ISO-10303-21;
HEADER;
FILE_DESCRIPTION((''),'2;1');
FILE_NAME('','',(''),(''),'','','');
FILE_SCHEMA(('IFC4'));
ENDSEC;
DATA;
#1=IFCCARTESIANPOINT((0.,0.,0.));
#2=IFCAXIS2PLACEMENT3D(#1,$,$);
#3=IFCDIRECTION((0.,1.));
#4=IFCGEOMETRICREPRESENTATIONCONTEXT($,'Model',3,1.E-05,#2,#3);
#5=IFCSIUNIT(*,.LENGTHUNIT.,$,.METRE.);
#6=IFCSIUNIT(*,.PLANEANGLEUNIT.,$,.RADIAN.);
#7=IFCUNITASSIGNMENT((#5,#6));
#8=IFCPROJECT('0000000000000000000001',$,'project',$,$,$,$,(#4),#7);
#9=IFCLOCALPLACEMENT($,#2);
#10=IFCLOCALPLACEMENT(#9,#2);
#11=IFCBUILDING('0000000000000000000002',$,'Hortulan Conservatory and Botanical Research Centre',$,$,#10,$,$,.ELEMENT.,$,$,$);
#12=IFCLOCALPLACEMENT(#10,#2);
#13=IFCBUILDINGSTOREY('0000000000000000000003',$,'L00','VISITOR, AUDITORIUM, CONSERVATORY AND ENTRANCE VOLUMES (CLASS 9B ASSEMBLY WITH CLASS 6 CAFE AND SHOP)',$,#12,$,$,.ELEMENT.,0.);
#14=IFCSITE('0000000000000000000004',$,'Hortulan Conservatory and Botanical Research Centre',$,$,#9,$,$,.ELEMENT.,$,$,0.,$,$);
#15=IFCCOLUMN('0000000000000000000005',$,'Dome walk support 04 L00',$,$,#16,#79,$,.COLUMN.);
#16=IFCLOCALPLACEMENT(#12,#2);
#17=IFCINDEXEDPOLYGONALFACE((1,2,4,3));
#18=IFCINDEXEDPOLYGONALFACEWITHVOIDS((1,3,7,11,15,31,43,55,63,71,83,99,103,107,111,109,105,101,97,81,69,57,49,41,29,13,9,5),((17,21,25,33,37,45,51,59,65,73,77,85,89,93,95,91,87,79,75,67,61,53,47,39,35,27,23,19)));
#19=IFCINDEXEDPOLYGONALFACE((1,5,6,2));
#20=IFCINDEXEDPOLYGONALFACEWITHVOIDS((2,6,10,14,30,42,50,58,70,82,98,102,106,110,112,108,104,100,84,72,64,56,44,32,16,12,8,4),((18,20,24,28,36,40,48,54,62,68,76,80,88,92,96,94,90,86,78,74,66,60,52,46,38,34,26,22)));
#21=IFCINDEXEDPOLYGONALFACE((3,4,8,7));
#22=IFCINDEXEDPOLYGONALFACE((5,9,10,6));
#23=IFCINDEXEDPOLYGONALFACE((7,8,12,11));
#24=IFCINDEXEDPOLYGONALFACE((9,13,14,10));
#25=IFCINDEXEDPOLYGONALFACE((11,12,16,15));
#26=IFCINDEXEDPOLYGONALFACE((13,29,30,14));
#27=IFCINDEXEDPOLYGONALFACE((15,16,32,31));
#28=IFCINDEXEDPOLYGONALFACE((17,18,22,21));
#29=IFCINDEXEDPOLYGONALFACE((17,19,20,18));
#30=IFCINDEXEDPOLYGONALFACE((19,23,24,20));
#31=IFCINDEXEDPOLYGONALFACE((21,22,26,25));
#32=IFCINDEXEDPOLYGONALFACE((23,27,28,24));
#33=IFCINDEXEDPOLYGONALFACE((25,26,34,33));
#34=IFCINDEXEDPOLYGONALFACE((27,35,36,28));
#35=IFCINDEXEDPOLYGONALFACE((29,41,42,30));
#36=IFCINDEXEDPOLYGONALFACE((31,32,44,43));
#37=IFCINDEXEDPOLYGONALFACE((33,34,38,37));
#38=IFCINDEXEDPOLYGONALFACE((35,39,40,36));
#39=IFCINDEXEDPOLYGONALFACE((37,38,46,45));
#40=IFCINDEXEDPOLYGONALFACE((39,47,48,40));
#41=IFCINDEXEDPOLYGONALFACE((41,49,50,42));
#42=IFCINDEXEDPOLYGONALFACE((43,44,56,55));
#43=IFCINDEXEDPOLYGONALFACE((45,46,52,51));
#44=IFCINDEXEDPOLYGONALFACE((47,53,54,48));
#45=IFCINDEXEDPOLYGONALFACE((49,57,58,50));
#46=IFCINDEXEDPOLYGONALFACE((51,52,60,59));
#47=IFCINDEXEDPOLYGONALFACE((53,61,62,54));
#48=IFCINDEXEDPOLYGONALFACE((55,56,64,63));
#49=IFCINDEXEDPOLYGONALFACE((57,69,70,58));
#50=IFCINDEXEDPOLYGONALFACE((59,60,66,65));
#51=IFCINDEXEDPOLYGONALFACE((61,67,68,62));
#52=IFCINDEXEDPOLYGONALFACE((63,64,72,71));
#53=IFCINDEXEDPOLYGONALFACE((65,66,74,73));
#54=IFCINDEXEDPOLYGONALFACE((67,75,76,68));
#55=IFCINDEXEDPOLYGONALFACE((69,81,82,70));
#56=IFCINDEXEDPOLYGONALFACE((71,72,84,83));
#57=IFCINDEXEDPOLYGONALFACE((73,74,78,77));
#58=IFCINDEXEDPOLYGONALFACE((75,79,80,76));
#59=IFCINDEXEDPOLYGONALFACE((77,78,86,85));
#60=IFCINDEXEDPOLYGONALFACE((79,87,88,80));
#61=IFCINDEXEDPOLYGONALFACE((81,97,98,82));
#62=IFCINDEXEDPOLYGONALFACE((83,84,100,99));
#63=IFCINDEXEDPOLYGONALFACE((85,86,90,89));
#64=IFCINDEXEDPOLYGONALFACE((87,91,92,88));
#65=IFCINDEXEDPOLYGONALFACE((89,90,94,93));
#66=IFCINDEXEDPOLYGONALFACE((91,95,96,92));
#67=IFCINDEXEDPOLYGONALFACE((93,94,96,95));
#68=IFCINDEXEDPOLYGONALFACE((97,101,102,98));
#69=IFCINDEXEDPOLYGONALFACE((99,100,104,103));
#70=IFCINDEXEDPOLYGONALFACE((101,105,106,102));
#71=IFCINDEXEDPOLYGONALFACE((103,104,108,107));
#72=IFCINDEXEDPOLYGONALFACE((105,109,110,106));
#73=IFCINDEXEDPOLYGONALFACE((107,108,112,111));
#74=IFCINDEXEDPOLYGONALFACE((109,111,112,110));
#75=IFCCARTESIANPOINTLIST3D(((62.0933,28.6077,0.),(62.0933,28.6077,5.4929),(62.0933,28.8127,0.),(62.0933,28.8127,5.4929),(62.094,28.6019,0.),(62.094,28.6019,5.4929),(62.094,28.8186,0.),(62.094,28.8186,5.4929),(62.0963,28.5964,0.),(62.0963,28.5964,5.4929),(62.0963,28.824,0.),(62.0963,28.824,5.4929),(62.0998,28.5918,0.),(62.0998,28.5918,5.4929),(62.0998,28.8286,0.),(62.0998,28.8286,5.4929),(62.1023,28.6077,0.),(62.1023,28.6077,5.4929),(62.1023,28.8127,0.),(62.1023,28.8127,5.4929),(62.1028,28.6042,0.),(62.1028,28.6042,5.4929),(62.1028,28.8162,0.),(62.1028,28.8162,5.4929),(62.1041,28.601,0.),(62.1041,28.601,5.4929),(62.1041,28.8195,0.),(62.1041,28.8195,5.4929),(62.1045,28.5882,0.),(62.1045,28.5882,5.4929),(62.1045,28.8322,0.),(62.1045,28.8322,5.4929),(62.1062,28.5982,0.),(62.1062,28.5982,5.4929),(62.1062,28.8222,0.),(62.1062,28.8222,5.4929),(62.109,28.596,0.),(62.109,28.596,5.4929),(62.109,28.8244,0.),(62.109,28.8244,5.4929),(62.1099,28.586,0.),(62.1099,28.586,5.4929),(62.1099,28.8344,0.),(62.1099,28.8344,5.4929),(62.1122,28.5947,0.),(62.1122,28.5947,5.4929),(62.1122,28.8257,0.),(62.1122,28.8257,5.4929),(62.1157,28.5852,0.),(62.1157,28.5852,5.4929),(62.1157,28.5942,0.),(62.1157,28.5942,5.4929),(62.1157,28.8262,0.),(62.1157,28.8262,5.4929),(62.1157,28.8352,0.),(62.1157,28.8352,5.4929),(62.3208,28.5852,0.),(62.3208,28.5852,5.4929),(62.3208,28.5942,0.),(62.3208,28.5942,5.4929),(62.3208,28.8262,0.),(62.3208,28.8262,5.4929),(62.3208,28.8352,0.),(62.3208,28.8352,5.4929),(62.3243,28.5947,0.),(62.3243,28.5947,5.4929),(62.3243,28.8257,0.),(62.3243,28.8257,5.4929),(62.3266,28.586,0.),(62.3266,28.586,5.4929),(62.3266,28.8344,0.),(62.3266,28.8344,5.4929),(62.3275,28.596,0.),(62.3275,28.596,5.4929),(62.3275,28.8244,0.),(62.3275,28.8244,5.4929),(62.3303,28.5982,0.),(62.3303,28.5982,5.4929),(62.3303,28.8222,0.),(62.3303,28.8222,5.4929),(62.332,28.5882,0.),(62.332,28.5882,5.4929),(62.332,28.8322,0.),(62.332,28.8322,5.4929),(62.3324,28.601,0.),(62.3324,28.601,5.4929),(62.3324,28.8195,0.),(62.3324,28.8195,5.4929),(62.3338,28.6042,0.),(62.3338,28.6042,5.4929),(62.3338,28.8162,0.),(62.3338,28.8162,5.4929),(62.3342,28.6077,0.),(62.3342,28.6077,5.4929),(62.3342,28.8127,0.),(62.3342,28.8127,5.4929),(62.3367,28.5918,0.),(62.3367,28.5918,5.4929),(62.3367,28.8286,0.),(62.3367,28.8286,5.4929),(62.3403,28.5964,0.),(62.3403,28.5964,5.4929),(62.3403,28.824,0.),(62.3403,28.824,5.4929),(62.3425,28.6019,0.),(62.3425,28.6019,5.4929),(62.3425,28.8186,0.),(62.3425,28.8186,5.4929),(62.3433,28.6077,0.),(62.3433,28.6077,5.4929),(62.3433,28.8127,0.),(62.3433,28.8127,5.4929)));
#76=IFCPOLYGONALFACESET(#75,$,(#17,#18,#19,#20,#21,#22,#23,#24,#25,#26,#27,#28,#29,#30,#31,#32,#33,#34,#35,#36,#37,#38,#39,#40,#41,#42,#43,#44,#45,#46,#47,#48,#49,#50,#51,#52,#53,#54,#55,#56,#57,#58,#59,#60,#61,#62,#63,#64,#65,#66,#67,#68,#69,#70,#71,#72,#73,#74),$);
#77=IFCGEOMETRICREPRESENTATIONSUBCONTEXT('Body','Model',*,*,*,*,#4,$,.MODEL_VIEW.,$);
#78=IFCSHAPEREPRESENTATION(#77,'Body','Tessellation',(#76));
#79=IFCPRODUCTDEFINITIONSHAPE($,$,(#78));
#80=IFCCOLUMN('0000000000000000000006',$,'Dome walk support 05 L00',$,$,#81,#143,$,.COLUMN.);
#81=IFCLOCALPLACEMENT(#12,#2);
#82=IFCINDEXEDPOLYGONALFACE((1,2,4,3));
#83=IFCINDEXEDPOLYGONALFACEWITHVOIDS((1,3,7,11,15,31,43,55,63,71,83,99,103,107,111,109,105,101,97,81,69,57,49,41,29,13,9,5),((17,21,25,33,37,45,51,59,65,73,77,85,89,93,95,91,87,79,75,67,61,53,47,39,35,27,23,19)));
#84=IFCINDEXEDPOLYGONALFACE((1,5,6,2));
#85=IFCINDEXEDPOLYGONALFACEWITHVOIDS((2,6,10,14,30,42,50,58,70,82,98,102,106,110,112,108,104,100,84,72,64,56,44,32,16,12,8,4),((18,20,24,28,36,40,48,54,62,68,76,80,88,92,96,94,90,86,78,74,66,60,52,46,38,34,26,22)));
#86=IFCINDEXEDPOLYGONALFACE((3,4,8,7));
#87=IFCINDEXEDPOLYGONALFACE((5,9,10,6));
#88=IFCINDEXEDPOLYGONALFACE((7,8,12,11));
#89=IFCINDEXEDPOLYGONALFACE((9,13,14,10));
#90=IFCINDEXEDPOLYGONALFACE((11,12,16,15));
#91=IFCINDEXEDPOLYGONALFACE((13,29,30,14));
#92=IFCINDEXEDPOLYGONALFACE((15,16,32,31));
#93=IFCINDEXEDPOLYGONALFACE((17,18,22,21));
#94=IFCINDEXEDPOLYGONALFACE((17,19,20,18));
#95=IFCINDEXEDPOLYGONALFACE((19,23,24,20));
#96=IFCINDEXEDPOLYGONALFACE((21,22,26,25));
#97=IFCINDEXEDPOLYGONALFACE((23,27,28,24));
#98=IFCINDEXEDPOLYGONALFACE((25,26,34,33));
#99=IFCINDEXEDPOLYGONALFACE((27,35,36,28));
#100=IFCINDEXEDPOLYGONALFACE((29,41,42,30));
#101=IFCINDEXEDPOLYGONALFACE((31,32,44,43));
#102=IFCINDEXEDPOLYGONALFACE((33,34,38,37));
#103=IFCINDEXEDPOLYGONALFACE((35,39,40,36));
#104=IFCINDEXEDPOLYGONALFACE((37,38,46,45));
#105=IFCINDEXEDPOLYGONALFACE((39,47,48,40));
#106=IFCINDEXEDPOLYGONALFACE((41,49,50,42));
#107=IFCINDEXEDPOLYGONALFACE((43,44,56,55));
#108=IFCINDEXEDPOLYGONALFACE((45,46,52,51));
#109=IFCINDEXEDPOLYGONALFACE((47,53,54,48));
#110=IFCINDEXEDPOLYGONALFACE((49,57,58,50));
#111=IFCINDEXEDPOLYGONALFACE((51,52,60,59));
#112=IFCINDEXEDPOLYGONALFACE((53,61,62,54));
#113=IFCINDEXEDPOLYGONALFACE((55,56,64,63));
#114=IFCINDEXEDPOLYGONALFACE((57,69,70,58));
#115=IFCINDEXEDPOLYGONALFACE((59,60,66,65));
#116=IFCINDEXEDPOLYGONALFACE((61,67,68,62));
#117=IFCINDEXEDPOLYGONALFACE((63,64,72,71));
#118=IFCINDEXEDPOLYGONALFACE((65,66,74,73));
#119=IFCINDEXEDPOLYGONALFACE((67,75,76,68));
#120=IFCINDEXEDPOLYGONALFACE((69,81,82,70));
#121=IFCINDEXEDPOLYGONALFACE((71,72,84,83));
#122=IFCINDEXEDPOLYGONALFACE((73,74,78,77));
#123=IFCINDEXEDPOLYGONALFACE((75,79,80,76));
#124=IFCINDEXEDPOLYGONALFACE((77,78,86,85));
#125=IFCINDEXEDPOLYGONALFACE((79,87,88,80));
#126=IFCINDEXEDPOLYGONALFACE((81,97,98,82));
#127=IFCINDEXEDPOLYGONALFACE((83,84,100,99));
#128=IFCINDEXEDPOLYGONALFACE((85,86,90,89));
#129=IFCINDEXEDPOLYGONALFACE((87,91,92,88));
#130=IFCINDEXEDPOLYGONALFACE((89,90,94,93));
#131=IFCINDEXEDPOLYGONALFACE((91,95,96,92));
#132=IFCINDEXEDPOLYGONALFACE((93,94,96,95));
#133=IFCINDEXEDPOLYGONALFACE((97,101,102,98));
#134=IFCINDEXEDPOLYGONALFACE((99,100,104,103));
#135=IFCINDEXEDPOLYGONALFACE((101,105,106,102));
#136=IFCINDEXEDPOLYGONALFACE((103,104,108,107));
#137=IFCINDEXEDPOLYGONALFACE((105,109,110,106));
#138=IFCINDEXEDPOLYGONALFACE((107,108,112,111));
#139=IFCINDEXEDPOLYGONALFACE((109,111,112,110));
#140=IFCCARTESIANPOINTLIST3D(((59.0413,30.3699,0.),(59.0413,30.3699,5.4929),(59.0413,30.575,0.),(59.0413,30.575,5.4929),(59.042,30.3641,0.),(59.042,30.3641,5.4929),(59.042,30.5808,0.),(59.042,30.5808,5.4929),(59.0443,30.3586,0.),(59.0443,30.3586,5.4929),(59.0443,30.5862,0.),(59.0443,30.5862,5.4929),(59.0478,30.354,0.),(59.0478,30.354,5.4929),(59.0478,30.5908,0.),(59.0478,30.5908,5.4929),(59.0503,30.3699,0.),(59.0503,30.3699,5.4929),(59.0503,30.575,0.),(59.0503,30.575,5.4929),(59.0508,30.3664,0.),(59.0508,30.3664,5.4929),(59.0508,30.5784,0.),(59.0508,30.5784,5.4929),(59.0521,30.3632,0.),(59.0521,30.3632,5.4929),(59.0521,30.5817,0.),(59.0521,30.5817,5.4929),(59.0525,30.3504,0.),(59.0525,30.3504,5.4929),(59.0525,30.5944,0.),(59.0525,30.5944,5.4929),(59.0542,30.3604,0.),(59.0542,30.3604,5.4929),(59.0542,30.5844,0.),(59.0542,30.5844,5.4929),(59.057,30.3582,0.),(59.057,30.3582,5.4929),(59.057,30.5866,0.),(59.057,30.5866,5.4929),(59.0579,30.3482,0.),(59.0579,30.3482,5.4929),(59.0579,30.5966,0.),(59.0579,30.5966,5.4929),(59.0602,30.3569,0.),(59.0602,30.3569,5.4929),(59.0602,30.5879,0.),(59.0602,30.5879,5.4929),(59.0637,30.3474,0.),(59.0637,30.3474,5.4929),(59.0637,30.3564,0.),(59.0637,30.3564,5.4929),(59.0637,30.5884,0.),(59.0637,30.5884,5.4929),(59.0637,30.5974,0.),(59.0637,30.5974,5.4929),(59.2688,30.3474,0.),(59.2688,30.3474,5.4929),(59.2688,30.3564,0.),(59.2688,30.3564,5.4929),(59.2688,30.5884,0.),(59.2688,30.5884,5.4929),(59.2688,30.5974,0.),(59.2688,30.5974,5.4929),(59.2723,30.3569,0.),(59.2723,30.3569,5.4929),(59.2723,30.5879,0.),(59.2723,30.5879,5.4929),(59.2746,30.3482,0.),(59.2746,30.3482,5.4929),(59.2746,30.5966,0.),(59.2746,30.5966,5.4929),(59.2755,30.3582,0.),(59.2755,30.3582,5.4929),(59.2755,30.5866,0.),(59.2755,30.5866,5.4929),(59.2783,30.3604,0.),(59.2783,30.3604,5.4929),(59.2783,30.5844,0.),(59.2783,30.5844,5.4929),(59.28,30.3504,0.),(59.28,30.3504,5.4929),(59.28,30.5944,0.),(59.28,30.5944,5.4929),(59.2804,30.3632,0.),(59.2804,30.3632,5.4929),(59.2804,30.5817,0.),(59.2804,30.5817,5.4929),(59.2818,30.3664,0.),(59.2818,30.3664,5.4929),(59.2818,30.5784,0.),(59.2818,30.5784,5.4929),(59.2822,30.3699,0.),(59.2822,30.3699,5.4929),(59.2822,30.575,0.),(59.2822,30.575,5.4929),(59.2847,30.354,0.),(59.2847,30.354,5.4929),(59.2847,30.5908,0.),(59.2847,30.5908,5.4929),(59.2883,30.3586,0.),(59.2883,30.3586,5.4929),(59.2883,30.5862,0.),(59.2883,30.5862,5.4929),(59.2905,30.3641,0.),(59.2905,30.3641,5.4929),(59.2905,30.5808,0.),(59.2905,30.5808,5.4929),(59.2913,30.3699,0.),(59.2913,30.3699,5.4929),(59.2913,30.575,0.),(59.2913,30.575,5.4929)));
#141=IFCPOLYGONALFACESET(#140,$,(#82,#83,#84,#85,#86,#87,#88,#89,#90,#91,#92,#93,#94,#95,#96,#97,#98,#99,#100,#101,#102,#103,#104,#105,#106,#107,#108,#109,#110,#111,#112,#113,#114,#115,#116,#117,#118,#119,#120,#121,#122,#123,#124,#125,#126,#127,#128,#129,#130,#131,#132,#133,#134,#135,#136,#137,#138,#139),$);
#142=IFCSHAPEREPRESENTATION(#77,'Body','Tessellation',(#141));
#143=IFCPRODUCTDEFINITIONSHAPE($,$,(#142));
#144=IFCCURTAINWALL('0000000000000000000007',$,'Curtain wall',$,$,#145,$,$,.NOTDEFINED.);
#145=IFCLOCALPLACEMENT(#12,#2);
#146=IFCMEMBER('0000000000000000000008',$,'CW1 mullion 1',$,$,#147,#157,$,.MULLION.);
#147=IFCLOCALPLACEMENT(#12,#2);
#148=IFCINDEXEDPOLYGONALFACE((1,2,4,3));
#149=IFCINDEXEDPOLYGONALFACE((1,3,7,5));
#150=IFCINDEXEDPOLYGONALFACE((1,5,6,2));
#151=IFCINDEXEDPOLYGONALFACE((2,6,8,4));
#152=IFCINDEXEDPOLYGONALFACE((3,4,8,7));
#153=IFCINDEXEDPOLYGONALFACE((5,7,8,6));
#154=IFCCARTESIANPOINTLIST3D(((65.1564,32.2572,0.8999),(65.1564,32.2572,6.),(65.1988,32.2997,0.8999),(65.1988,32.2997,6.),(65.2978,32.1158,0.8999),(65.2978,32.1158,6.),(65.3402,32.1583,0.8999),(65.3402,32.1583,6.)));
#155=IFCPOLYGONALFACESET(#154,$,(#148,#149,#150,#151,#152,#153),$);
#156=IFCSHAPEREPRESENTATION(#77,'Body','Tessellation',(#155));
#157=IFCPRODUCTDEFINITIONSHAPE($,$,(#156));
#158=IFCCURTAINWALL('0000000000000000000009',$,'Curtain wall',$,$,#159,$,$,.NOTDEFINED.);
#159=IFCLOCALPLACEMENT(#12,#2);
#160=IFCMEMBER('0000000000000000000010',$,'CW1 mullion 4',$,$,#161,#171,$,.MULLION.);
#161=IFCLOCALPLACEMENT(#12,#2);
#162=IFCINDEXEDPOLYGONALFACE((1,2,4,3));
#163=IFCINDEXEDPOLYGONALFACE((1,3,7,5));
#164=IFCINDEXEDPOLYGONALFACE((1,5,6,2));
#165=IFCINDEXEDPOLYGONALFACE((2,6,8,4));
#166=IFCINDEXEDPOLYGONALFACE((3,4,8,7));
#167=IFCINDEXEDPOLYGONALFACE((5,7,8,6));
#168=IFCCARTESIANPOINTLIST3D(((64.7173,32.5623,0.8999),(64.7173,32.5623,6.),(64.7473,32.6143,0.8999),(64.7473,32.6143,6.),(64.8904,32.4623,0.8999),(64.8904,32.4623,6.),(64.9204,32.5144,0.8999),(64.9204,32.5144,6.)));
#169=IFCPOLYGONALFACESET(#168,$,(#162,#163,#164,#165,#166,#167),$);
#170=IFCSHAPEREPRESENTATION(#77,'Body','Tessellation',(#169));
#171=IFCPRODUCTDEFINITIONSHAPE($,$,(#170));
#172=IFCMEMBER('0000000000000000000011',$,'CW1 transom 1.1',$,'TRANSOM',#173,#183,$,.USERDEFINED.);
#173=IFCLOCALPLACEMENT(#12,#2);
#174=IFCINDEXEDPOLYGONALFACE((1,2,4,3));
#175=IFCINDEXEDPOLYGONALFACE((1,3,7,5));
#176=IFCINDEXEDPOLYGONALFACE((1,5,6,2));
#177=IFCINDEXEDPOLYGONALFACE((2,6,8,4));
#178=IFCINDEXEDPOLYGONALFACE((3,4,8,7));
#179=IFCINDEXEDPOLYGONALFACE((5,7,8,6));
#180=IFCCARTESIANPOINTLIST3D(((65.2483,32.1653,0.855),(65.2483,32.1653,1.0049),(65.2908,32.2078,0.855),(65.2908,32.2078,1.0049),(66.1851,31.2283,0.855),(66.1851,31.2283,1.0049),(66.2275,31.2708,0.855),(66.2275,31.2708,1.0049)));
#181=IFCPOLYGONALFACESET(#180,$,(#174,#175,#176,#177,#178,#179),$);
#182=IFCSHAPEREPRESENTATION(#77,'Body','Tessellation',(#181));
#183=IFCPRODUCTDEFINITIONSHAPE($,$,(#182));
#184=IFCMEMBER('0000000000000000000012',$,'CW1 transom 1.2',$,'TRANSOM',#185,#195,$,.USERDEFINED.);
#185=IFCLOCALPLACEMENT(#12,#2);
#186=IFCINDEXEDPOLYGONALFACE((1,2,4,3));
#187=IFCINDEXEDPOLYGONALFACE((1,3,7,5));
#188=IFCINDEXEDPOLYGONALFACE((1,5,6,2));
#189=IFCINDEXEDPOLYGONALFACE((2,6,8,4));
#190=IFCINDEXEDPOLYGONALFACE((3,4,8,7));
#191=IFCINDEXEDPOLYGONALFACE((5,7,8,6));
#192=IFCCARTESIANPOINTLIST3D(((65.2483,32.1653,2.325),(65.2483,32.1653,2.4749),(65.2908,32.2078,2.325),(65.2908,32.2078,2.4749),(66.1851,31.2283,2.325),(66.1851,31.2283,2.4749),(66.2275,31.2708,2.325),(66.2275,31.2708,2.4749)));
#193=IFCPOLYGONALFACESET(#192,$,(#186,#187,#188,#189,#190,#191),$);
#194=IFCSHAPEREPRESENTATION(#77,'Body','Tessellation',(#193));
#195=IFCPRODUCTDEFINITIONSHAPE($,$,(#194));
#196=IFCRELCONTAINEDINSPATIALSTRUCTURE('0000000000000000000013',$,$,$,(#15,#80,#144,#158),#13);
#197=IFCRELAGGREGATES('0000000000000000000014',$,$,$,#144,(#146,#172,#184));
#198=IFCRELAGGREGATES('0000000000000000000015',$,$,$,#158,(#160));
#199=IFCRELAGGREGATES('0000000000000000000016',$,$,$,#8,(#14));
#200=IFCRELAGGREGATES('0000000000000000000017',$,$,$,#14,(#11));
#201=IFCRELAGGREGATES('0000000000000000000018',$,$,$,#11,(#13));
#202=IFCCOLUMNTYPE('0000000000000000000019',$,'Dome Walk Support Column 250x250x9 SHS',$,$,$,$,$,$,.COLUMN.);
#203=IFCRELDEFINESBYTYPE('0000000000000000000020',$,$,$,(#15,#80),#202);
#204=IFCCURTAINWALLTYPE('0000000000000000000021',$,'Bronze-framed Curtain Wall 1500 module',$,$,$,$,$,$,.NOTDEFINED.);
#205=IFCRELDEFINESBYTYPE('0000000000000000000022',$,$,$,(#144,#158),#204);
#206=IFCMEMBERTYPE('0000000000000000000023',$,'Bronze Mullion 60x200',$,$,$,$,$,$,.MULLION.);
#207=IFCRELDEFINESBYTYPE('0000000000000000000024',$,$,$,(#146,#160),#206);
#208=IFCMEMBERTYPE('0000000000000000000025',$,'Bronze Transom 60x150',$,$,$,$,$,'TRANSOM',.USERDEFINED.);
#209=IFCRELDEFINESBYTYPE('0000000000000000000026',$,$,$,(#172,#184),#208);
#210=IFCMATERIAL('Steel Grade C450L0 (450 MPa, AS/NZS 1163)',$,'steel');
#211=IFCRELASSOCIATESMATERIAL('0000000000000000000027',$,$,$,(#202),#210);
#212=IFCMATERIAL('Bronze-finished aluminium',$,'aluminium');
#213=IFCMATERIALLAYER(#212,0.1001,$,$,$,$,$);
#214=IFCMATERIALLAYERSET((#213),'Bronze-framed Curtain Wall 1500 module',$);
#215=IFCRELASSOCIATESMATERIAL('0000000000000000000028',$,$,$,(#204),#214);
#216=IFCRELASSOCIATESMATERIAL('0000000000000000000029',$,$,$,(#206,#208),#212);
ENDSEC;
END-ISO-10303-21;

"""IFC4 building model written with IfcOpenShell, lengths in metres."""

from ifc_helpers import new_model, si_unit, direction, frame, origin, origin_2d, place, context, subcontext, project, spatial, rectangle, hollow_rectangle, extrude, material, layer, layer_set, material_profile, profile_set, type_object, element, aggregate, save


model = new_model("IFC4")

# Units and contexts
model_context = context("Model", 3, precision=1e-05, world=origin(), true_north=direction((0.0, 1.0)))
body_context = subcontext(model_context, "Body", "Model", "MODEL_VIEW")
ifc_project = project(units=[si_unit("LENGTHUNIT", "METRE"), si_unit("PLANEANGLEUNIT", "RADIAN")], contexts=[model_context])

# Site, building, storey
site_placement = place(None, origin())
site = spatial("IfcSite", under=ifc_project, at=site_placement, Name="Hortulan Conservatory and Botanical Research Centre", CompositionType="ELEMENT", RefElevation=0.0)
building_placement = place(site_placement, origin())
building = spatial("IfcBuilding", under=site, at=building_placement, Name="Hortulan Conservatory and Botanical Research Centre", CompositionType="ELEMENT")
storey_placement = place(building_placement, origin())
storey = spatial("IfcBuildingStorey", under=building, at=storey_placement, Name="L00", Description="VISITOR, AUDITORIUM, CONSERVATORY AND ENTRANCE VOLUMES (CLASS 9B ASSEMBLY WITH CLASS 6 CAFE AND SHOP)", CompositionType="ELEMENT", Elevation=0.0)

# Columns
ifc_material_1 = material(Name="Steel Grade C450L0 (450 MPa, AS/NZS 1163)", Category="steel")
ifc_material_profile_1 = material_profile(ifc_material_1, hollow_rectangle(XDim=0.25, YDim=0.25, WallThickness=0.009, InnerFilletRadius=0.0134, OuterFilletRadius=0.0225, at=origin_2d()), Name="250x250x9SHS")
ifc_profile_set_1 = profile_set([ifc_material_profile_1], Name="Steel Grade C450L0 (450 MPa, AS/NZS 1163)")
column_type_1 = type_object("IfcColumnType", Name="Dome Walk Support Column 250x250x9 SHS", PredefinedType="COLUMN", material=ifc_profile_set_1)
for number, where, z_axis, x_axis, name in (
    (1, (62.2183, 28.7102, 0.0), (0.0, 0.0, 1.0), (1.0, 0.0, 0.0), "Dome walk support 04 L00"),
    (2, (59.1663, 30.4724, 0.0), (0.0, 0.0, 1.0), (1.0, 0.0, 0.0), "Dome walk support 05 L00"),
):
    element("IfcColumn", number, at=place(storey_placement, frame(where, z_axis=z_axis, x_axis=x_axis)), inside=storey, type_object=column_type_1, Name=name, PredefinedType="COLUMN", context=body_context, shape_type="SweptSolid", body=[
        extrude(hollow_rectangle(XDim=0.25, YDim=0.25, WallThickness=0.009, InnerFilletRadius=0.0134, OuterFilletRadius=0.0225, at=origin_2d()), origin(), (0.0, 0.0, 1.0), 5.4929),
    ])

# Curtain walls, members
ifc_material_2 = material(Name="Bronze-finished aluminium", Category="aluminium")
ifc_layer_1 = layer(ifc_material_2, 0.1001)
ifc_layer_set_1 = layer_set([ifc_layer_1], Name="Bronze-framed Curtain Wall 1500 module")
curtain_wall_type = type_object("IfcCurtainWallType", Name="Bronze-framed Curtain Wall 1500 module", PredefinedType="NOTDEFINED", material=ifc_layer_set_1)
curtain_wall_1_placement = place(storey_placement, origin())
curtain_wall_1 = element("IfcCurtainWall", 3, at=curtain_wall_1_placement, inside=storey, type_object=curtain_wall_type, Name="Curtain wall", PredefinedType="NOTDEFINED")
ifc_material_profile_2 = material_profile(ifc_material_2, rectangle(XDim=0.0601, YDim=0.2, at=origin_2d()), Name="Bronze Mullion 60x200")
ifc_profile_set_2 = profile_set([ifc_material_profile_2], Name="Bronze-finished aluminium")
member_type_1 = type_object("IfcMemberType", Name="Bronze Mullion 60x200", PredefinedType="MULLION", material=ifc_profile_set_2)
member_1_placement = place(storey_placement, frame((65.2483, 32.2078, 0.8999), z_axis=(0.0, 0.0, 1.0), x_axis=(0.707107, 0.707107, 0.0)))
member_1 = element("IfcMember", 4, at=member_1_placement, type_object=member_type_1, Name="CW1 mullion 1", PredefinedType="MULLION", context=body_context, shape_type="SweptSolid", body=[
    extrude(rectangle(XDim=0.0601, YDim=0.2, at=origin_2d()), origin(), (0.0, 0.0, 1.0), 5.1001),
])
curtain_wall_2_placement = place(storey_placement, origin())
curtain_wall_2 = element("IfcCurtainWall", 5, at=curtain_wall_2_placement, inside=storey, type_object=curtain_wall_type, Name="Curtain wall", PredefinedType="NOTDEFINED")
member_2_placement = place(storey_placement, frame((64.8188, 32.5383, 0.8999), z_axis=(0.0, 0.0, 1.0), x_axis=(0.499981, 0.866036, 0.0)))
member_2 = element("IfcMember", 6, at=member_2_placement, type_object=member_type_1, Name="CW1 mullion 4", PredefinedType="MULLION", context=body_context, shape_type="SweptSolid", body=[
    extrude(rectangle(XDim=0.0601, YDim=0.2, at=origin_2d()), origin(), (0.0, 0.0, 1.0), 5.1001),
])

# Members
ifc_material_profile_3 = material_profile(ifc_material_2, rectangle(XDim=0.0601, YDim=0.1499, at=origin_2d()), Name="Bronze Transom 60x150")
ifc_profile_set_3 = profile_set([ifc_material_profile_3], Name="Bronze-finished aluminium")
member_type_2 = type_object("IfcMemberType", Name="Bronze Transom 60x150", ElementType="TRANSOM", PredefinedType="USERDEFINED", material=ifc_profile_set_3)
member_3_placement = place(storey_placement, frame((65.2695, 32.1865, 0.9299), z_axis=(0.707015, -0.707199, 0.0), x_axis=(0.707199, 0.707015, 0.0)))
member_3 = element("IfcMember", 7, at=member_3_placement, type_object=member_type_2, Name="CW1 transom 1.1", ObjectType="TRANSOM", PredefinedType="USERDEFINED", context=body_context, shape_type="SweptSolid", body=[
    extrude(rectangle(XDim=0.0601, YDim=0.1499, at=origin_2d()), origin(), (0.0, 0.0, 1.0), 1.325),
])
member_4_placement = place(storey_placement, frame((65.2695, 32.1865, 2.3999), z_axis=(0.707015, -0.707199, 0.0), x_axis=(0.707199, 0.707015, 0.0)))
member_4 = element("IfcMember", 8, at=member_4_placement, type_object=member_type_2, Name="CW1 transom 1.2", ObjectType="TRANSOM", PredefinedType="USERDEFINED", context=body_context, shape_type="SweptSolid", body=[
    extrude(rectangle(XDim=0.0601, YDim=0.1499, at=origin_2d()), origin(), (0.0, 0.0, 1.0), 1.325),
])
aggregate(curtain_wall_1, [member_1, member_3, member_4])

aggregate(curtain_wall_2, [member_2])

save(model, "model.ifc")
